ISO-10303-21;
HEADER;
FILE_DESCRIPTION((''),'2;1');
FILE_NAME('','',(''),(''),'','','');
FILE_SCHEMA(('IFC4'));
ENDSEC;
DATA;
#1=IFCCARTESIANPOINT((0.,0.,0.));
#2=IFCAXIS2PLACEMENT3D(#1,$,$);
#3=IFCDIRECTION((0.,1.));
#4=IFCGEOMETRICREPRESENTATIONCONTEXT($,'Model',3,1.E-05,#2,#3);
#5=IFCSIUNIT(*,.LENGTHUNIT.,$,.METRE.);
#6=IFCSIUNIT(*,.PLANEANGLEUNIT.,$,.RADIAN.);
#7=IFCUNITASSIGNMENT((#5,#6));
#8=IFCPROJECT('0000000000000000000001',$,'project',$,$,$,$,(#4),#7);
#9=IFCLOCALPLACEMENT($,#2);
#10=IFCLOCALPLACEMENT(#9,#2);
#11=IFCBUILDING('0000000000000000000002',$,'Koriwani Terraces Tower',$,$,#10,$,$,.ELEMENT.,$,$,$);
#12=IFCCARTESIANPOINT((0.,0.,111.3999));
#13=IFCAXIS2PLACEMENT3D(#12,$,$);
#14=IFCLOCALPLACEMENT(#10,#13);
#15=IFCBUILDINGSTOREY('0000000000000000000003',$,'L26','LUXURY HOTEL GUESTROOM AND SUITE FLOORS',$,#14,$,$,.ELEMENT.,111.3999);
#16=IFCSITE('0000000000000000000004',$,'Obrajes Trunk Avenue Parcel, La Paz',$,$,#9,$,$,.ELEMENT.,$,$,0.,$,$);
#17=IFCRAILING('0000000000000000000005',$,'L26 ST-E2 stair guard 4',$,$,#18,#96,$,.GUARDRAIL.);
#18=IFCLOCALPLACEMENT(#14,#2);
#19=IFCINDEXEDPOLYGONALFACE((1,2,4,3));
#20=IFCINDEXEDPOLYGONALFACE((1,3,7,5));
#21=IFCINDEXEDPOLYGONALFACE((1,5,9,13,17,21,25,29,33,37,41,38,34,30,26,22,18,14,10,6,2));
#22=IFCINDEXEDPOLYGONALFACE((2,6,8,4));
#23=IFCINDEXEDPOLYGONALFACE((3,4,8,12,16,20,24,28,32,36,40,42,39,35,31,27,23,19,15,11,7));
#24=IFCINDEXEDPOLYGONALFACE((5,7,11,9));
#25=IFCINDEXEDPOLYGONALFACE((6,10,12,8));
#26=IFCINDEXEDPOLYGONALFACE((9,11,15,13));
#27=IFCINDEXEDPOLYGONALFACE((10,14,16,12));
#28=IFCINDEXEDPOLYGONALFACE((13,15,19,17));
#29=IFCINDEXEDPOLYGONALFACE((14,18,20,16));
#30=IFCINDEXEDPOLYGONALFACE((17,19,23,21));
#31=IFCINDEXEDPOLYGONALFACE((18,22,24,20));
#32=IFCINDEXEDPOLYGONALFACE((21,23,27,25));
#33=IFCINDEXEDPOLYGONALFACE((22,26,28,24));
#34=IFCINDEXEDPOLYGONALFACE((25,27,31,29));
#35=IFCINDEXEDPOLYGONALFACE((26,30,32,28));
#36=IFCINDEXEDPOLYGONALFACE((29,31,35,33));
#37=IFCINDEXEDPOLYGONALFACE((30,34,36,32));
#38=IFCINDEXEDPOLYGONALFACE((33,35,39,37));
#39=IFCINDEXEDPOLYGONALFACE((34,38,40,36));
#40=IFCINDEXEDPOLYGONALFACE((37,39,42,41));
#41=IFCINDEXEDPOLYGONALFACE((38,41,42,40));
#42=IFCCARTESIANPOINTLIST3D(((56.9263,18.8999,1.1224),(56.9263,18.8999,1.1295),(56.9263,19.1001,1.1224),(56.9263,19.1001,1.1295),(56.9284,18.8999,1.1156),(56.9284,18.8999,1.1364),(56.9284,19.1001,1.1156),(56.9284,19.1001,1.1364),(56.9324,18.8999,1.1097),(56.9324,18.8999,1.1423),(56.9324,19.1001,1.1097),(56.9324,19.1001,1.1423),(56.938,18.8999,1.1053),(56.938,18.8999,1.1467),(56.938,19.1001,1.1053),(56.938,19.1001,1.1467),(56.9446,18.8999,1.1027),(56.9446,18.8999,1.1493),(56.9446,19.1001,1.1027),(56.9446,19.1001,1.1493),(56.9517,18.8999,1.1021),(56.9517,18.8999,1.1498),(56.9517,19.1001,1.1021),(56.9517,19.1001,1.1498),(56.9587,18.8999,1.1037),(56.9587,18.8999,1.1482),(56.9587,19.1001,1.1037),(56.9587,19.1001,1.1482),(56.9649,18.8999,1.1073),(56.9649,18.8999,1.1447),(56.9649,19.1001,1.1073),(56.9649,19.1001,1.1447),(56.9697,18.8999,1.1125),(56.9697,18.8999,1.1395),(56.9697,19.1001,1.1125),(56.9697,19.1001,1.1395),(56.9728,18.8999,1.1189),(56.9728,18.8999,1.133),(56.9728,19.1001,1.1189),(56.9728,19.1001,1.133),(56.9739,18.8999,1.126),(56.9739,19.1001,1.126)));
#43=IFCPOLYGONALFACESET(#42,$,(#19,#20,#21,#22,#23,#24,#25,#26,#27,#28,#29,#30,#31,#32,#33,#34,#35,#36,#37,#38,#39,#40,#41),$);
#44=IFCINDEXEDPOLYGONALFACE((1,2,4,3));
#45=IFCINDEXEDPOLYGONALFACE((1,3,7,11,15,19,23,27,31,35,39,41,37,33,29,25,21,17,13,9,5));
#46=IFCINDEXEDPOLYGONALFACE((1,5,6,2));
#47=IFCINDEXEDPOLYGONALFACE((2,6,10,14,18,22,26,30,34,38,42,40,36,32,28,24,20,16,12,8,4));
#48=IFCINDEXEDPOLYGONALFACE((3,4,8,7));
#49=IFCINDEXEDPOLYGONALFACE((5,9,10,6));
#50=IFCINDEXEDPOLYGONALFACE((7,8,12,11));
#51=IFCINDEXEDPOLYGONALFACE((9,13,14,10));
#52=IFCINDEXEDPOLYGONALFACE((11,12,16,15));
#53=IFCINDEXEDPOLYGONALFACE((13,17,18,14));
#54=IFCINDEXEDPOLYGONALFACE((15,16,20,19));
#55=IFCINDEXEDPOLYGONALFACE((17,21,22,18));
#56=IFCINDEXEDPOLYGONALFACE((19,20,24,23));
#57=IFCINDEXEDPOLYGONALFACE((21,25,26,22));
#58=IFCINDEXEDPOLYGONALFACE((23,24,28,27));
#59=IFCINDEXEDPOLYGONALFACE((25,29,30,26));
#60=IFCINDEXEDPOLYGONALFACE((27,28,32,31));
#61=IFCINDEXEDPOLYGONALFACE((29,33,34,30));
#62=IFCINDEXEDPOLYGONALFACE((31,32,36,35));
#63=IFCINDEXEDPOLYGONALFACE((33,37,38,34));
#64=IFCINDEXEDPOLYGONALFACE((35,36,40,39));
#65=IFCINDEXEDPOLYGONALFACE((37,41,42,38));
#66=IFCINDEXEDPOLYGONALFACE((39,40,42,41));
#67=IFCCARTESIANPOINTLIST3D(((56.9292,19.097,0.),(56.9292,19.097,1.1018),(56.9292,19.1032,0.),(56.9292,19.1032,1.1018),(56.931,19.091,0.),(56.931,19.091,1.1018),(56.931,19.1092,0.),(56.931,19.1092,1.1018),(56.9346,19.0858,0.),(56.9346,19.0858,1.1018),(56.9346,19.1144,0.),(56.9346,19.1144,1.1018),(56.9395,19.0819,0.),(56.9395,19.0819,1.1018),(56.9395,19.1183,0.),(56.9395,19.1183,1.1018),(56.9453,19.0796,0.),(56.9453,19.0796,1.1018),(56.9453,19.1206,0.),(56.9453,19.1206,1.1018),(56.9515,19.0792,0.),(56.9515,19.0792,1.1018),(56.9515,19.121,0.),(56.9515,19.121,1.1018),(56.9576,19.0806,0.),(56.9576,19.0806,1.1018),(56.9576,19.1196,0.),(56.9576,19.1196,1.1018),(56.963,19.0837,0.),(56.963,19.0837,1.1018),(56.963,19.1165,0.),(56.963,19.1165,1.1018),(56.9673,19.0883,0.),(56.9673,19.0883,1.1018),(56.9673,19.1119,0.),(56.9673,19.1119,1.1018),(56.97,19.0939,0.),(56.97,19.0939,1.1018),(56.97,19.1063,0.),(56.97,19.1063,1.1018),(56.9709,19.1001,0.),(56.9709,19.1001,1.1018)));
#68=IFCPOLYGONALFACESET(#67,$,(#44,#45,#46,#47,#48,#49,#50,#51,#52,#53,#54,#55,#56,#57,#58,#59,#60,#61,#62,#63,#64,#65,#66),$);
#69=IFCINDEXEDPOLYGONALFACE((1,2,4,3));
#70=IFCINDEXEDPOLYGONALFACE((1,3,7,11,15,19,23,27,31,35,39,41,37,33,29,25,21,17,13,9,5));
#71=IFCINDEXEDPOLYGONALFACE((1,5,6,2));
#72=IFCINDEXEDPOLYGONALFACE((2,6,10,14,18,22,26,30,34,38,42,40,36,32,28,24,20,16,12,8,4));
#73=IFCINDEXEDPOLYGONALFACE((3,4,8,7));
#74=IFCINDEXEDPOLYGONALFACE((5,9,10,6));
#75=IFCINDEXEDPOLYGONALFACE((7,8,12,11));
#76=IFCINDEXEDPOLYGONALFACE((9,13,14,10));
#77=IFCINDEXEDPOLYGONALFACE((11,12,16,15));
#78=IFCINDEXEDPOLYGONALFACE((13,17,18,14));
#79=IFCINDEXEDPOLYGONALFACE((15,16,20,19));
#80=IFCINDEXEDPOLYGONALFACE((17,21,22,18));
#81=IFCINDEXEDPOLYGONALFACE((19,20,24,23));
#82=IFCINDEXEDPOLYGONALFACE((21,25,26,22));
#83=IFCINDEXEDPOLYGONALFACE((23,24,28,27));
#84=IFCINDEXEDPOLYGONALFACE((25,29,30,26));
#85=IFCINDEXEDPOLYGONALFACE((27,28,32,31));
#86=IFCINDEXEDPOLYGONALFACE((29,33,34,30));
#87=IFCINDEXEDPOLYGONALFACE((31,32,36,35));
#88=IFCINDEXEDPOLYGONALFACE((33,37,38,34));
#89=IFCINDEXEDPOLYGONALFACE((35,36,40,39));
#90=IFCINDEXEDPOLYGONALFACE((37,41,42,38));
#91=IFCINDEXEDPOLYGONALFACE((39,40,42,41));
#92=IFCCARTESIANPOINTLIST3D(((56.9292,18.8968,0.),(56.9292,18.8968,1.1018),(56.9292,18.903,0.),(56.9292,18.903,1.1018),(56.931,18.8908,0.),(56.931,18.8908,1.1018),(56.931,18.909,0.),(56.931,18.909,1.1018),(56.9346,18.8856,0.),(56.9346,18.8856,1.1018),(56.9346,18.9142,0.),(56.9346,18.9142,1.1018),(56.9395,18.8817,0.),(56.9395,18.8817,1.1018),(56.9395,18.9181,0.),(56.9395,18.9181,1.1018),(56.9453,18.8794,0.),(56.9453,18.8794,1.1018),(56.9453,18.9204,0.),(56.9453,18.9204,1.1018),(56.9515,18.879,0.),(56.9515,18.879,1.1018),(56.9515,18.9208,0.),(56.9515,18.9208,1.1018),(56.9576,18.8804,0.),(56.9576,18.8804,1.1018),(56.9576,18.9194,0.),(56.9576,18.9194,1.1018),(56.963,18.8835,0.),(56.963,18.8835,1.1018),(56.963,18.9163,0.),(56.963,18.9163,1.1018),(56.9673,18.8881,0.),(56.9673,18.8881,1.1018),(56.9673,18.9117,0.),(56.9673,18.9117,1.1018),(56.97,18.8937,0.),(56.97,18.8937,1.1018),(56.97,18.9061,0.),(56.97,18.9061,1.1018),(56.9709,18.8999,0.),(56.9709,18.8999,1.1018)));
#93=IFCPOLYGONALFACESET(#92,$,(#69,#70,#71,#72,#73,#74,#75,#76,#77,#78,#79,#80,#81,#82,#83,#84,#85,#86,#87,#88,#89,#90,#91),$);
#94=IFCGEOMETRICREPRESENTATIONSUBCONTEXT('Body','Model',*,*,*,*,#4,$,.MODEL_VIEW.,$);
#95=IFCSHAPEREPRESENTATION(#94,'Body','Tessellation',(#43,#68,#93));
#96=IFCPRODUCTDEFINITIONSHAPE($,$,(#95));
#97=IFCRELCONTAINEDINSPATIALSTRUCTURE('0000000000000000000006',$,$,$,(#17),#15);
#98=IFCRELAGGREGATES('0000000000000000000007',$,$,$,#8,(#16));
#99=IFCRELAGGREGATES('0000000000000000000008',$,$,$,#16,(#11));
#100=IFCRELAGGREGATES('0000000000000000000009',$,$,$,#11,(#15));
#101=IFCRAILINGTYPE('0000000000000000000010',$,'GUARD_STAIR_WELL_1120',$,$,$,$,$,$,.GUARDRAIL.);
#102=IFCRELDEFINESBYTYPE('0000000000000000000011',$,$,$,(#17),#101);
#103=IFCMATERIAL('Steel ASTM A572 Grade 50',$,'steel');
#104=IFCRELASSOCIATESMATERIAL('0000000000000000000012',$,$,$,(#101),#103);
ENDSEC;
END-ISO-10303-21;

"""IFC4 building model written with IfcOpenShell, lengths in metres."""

from ifc_helpers import new_model, si_unit, direction, frame, origin, origin_2d, place, context, subcontext, project, spatial, circle, extrude, material, type_object, element, save


model = new_model("IFC4")

# Units and contexts
model_context = context("Model", 3, precision=1e-05, world=origin(), true_north=direction((0.0, 1.0)))
body_context = subcontext(model_context, "Body", "Model", "MODEL_VIEW")
ifc_project = project(units=[si_unit("LENGTHUNIT", "METRE"), si_unit("PLANEANGLEUNIT", "RADIAN")], contexts=[model_context])

# Site, building, storey
site_placement = place(None, origin())
site = spatial("IfcSite", under=ifc_project, at=site_placement, Name="Obrajes Trunk Avenue Parcel, La Paz", CompositionType="ELEMENT", RefElevation=0.0)
building_placement = place(site_placement, origin())
building = spatial("IfcBuilding", under=site, at=building_placement, Name="Koriwani Terraces Tower", CompositionType="ELEMENT")
storey_placement = place(building_placement, frame((0.0, 0.0, 111.3999)))
storey = spatial("IfcBuildingStorey", under=building, at=storey_placement, Name="L26", Description="LUXURY HOTEL GUESTROOM AND SUITE FLOORS", CompositionType="ELEMENT", Elevation=111.3999)

# Shared definitions
ifc_material_1 = material(Name="Steel ASTM A572 Grade 50", Category="steel")

# Railing
railing_type_1 = type_object("IfcRailingType", Name="GUARD_STAIR_WELL_1120", PredefinedType="GUARDRAIL", material=ifc_material_1)
railing_1_placement = place(storey_placement, frame((56.95, 19.1001, 0.0)))
element("IfcRailing", 1, at=railing_1_placement, inside=storey, type_object=railing_type_1, Name="L26 ST-E2 stair guard 4", PredefinedType="GUARDRAIL", context=body_context, shape_type="SweptSolid", body=[
    extrude(circle(Radius=0.0239, at=origin_2d()), frame((0.0, 0.0, 1.126), z_axis=(0.0, -1.0, 0.0), x_axis=(1.0, 0.0, 0.0)), (0.0, 0.0, 1.0), 0.2002),
    extrude(circle(Radius=0.021, at=origin_2d()), origin(), (0.0, 0.0, 1.0), 1.1018),
    extrude(circle(Radius=0.021, at=origin_2d()), frame((0.0, -0.2002, 0.0)), (0.0, 0.0, 1.0), 1.1018),
])

save(model, "model.ifc")
